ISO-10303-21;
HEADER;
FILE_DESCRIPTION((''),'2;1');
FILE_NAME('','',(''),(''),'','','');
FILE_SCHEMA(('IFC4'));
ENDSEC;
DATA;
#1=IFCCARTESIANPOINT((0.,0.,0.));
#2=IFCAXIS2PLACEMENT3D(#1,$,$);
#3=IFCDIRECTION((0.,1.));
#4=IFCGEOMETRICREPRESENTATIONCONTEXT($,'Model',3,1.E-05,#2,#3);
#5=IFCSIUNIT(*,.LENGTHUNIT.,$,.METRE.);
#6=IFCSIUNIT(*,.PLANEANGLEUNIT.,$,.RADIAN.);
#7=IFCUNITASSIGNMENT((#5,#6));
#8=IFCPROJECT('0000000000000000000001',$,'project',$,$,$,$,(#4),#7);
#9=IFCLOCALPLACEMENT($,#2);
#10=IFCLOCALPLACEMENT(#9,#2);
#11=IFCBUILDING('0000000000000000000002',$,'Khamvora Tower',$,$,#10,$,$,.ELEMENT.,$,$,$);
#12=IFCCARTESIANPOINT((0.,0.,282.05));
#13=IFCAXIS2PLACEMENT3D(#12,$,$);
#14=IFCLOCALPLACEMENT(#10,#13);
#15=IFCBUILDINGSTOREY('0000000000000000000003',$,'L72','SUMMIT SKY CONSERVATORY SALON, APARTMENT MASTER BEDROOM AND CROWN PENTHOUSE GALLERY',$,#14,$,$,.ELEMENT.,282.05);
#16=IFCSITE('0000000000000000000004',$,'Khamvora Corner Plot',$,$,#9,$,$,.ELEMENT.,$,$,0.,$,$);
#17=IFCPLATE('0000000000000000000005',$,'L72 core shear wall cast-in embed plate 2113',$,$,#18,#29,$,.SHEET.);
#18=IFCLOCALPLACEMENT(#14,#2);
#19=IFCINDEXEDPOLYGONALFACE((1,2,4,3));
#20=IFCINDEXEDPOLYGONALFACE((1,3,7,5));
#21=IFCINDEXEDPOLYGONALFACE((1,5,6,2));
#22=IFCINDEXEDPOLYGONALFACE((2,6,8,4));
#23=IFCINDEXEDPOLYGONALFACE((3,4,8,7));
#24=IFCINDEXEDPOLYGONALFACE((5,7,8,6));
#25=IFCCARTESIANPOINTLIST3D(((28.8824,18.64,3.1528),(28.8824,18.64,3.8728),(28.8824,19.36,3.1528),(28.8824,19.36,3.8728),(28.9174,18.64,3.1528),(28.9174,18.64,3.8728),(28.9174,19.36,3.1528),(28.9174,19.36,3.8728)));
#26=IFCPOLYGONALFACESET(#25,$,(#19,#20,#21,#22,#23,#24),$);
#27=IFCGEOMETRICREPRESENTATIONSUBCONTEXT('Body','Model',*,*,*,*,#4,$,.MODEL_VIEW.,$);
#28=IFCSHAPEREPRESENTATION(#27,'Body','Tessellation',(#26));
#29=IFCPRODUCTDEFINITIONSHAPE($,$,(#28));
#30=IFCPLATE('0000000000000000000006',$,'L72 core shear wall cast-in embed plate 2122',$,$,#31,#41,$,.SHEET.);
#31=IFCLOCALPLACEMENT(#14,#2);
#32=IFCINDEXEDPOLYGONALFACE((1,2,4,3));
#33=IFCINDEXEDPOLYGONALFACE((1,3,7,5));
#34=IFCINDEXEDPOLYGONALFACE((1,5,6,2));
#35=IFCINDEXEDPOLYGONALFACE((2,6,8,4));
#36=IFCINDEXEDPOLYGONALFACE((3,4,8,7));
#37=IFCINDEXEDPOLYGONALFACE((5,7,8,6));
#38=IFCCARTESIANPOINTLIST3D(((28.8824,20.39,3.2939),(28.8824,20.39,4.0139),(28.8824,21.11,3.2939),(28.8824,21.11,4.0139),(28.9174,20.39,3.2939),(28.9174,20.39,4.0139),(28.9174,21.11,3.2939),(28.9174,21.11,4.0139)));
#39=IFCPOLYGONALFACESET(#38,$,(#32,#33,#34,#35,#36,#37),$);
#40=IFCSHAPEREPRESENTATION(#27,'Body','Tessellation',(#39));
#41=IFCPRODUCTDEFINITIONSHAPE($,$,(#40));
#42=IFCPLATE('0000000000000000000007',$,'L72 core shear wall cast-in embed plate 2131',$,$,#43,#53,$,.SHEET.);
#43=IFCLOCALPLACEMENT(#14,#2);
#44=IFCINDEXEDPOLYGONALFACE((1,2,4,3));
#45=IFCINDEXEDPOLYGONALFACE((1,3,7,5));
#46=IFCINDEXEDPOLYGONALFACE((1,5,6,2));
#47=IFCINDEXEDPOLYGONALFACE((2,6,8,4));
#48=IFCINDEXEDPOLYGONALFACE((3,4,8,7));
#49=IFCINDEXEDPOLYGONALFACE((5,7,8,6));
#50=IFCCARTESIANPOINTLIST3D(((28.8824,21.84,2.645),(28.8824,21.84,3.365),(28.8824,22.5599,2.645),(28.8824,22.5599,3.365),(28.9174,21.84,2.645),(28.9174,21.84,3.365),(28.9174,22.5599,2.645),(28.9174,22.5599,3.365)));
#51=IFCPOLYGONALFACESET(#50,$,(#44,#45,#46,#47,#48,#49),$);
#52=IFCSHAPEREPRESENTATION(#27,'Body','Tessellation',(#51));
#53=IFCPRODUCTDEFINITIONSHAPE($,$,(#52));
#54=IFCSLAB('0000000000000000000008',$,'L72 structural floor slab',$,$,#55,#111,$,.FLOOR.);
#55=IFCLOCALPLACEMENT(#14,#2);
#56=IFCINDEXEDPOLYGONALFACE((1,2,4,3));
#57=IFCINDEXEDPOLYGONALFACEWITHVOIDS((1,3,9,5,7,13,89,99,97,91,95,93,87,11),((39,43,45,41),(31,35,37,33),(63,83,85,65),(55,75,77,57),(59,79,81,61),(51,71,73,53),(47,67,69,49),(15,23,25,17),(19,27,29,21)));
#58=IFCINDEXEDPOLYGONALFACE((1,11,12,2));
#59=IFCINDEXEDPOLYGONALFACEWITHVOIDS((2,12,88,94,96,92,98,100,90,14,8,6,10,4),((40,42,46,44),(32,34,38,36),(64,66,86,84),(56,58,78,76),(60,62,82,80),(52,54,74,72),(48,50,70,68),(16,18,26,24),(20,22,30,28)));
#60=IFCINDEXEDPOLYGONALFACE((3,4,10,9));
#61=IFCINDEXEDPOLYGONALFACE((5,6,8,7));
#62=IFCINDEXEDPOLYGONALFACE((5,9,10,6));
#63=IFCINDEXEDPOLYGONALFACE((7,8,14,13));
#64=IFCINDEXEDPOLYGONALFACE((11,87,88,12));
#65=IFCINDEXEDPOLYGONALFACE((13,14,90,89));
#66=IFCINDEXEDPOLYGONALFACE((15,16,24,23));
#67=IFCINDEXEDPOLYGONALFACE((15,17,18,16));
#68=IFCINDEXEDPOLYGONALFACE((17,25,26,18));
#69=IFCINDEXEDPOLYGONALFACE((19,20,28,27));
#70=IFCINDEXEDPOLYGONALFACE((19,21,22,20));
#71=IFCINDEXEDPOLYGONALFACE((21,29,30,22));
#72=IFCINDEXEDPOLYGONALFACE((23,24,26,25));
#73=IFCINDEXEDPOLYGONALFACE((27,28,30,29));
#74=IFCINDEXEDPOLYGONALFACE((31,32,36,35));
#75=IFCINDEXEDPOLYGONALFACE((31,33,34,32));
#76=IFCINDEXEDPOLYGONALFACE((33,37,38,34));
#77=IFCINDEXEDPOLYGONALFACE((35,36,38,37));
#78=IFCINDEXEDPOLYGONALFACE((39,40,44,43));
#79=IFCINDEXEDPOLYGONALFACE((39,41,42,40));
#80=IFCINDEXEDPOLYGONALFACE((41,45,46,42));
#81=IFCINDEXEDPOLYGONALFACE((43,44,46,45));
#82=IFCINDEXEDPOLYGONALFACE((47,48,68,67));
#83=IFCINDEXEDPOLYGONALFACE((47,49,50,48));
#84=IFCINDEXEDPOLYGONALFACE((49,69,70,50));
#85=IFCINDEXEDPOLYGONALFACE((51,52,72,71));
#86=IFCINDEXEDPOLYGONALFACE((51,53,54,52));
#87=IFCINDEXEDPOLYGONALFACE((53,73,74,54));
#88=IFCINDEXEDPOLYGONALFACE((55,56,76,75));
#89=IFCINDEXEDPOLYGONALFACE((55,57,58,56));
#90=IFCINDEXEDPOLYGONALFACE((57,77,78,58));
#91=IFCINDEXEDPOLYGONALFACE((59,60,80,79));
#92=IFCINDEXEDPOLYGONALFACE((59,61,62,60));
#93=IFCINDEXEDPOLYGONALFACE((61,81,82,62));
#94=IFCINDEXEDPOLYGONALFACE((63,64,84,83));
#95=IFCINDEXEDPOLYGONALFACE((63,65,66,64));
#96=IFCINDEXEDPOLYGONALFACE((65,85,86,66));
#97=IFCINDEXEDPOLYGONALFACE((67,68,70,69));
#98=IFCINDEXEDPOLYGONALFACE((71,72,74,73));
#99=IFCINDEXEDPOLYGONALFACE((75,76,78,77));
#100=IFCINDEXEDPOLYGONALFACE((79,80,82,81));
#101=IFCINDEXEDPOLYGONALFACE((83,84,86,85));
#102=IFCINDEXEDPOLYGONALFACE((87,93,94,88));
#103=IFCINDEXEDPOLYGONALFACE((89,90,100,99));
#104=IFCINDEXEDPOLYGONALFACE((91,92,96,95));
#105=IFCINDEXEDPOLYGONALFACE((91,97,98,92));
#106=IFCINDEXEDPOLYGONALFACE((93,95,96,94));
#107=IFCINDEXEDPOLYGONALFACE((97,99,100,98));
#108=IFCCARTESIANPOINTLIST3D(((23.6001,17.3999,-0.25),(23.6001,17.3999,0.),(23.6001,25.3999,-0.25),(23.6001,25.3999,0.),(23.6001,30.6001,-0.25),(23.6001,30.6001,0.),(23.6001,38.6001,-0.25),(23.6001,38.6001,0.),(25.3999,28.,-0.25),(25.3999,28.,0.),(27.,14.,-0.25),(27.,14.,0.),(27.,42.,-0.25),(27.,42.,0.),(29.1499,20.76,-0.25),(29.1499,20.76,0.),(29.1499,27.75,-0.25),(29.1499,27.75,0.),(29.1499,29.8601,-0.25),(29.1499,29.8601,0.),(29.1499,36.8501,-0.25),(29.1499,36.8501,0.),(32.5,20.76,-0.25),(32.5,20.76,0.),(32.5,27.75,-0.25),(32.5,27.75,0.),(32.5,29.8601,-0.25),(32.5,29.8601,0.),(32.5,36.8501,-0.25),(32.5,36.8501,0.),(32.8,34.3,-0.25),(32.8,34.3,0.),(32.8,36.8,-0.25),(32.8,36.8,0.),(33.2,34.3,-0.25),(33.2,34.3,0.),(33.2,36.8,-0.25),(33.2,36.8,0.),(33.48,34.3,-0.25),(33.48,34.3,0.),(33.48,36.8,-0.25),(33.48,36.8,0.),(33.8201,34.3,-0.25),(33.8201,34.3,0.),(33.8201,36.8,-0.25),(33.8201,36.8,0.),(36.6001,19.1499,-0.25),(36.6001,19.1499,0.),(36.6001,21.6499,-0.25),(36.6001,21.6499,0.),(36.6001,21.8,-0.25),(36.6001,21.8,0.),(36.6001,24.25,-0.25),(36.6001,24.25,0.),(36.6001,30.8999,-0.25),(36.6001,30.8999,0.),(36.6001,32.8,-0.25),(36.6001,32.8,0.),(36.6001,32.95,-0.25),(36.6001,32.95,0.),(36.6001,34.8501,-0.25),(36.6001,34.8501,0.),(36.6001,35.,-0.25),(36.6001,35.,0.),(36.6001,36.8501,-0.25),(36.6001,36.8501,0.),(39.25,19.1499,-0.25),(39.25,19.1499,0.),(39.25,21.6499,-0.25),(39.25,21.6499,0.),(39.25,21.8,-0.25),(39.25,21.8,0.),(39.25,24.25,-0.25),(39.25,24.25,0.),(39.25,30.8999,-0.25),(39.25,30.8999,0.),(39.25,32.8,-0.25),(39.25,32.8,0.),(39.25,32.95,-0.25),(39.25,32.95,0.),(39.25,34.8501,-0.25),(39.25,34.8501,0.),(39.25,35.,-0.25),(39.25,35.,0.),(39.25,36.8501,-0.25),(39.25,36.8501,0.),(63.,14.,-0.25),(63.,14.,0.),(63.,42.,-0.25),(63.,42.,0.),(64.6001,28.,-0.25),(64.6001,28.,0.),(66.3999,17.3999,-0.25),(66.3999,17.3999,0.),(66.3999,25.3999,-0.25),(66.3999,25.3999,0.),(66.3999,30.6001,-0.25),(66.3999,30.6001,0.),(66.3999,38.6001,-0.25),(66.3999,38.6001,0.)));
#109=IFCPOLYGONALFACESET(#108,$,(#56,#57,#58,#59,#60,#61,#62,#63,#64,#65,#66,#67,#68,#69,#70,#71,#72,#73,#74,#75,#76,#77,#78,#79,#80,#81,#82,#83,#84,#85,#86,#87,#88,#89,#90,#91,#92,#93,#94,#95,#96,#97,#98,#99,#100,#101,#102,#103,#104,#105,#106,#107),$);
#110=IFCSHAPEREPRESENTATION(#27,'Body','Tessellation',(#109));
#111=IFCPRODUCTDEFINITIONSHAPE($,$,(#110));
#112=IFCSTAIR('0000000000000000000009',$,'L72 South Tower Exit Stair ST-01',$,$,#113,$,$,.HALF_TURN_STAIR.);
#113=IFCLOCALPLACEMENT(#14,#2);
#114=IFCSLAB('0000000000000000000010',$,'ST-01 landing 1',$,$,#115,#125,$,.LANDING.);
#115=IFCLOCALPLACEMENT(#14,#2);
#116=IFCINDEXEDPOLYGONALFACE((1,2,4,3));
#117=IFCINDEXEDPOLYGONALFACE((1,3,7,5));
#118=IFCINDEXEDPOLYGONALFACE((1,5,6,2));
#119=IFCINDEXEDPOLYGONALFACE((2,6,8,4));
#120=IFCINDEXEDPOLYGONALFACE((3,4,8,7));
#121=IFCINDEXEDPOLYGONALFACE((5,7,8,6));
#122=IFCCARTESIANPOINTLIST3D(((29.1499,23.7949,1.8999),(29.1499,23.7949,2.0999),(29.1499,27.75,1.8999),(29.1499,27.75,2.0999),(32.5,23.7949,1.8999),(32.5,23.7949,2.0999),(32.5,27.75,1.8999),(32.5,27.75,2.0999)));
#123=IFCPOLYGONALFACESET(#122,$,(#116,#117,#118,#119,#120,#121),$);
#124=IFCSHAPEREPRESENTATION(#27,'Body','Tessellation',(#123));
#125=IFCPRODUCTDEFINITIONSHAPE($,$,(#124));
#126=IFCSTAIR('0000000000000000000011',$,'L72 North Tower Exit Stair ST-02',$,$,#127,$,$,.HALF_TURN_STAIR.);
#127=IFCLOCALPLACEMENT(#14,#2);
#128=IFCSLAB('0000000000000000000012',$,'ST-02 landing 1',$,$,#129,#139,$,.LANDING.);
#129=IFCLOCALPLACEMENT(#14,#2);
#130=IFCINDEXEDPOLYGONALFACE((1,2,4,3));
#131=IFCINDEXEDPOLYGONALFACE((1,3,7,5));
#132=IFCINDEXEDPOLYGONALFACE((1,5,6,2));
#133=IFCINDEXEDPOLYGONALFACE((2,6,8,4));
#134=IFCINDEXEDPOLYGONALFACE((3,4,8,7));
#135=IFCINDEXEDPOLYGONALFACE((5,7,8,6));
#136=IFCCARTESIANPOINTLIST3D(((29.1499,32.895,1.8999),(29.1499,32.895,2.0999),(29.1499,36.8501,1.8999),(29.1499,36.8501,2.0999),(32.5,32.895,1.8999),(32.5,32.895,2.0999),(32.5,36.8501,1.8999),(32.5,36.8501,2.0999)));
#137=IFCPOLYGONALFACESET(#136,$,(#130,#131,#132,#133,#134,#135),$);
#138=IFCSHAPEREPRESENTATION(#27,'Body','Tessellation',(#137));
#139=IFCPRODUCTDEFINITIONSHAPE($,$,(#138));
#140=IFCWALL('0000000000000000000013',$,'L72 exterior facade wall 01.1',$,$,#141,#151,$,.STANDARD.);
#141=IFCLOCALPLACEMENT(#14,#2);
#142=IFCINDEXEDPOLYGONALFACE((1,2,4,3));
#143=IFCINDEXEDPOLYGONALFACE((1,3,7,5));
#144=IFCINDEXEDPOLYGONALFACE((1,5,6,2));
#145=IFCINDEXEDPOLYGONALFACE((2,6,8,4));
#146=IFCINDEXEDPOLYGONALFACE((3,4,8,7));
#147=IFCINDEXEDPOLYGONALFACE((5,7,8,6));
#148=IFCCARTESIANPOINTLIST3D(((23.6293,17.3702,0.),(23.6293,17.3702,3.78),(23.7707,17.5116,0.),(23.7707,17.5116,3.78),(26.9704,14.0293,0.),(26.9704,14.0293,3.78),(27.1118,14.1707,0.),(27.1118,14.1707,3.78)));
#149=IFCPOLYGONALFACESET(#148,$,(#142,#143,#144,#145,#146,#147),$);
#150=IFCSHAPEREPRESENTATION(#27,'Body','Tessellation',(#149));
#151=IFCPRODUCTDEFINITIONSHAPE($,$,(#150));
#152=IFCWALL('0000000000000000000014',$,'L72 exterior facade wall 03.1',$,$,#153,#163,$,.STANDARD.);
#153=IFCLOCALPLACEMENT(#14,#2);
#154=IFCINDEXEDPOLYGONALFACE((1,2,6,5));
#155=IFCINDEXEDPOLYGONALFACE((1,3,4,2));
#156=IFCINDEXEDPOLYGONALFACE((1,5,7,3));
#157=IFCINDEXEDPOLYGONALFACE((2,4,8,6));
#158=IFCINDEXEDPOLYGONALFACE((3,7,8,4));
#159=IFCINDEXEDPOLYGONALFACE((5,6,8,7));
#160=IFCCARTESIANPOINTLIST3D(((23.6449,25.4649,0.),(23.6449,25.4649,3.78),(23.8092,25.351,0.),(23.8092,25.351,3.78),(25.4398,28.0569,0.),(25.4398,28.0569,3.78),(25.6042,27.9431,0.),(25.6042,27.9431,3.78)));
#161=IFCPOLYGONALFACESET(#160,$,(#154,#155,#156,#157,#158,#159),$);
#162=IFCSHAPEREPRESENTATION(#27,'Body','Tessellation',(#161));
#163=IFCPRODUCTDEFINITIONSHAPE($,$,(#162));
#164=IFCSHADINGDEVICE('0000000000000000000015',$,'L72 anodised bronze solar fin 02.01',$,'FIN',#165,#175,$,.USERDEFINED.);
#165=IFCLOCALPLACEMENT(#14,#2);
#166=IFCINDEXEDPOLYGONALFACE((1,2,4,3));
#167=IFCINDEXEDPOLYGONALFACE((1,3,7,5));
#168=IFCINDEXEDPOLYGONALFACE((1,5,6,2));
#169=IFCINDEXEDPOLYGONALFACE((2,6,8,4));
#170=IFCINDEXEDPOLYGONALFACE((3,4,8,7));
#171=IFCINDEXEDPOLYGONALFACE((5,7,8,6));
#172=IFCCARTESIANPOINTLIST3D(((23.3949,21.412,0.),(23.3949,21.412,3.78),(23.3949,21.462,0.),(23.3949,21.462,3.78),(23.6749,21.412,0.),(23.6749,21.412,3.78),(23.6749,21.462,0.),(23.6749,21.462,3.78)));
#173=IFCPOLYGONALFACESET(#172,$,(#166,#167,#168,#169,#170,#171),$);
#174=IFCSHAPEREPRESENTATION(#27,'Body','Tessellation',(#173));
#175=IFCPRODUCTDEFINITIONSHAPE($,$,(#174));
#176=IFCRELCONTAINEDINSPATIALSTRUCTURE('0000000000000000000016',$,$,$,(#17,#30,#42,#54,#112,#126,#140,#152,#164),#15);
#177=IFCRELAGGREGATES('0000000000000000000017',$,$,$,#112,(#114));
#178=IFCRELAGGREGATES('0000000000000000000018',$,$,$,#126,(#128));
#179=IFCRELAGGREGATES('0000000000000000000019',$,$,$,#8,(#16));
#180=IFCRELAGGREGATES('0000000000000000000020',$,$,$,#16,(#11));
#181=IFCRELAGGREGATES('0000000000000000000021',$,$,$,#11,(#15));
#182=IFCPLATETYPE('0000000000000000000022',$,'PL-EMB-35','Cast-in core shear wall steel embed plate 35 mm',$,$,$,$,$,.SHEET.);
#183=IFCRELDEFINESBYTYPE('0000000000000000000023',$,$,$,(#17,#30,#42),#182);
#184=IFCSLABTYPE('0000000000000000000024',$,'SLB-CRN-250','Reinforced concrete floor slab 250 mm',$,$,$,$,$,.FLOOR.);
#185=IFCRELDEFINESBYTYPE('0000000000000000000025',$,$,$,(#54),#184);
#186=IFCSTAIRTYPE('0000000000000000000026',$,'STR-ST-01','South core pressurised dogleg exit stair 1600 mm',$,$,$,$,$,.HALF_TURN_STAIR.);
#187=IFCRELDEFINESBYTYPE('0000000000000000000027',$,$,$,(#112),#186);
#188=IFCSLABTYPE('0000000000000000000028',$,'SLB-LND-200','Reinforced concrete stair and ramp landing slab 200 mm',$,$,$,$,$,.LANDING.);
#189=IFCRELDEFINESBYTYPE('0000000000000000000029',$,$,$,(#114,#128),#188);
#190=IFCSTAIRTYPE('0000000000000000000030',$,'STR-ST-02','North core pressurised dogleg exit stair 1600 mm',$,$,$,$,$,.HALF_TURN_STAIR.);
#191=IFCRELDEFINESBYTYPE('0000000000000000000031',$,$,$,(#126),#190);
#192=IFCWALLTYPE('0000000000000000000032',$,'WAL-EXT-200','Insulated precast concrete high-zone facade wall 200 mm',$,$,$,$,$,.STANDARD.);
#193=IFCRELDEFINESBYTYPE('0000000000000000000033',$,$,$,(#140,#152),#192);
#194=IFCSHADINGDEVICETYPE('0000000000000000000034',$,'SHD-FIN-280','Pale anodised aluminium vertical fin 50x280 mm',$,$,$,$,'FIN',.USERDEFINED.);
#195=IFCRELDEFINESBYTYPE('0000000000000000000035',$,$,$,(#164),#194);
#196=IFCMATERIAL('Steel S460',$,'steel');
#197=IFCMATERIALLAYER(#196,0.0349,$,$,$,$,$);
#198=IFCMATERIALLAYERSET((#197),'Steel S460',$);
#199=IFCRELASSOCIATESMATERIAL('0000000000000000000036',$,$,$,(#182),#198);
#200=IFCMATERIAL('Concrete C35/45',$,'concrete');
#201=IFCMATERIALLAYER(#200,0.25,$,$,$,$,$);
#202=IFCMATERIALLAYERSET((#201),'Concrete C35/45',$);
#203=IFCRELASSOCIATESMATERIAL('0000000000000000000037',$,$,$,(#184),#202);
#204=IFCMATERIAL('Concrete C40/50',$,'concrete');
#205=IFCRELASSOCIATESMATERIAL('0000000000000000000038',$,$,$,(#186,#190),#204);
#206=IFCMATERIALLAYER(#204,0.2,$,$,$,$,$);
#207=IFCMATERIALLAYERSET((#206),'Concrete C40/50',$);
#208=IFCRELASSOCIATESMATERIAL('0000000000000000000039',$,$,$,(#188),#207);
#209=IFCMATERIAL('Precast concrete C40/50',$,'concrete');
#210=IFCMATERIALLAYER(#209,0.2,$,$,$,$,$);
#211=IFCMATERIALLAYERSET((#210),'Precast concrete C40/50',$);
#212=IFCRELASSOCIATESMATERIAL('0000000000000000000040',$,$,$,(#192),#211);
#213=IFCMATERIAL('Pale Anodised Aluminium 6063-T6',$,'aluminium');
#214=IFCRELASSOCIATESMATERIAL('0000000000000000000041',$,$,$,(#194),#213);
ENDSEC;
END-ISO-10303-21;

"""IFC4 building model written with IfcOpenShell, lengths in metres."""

from ifc_helpers import new_model, si_unit, direction, frame, frame_2d, origin, origin_2d, place, context, subcontext, project, spatial, polyline, rectangle, outline, extrude, material, layer, layer_set, type_object, element, aggregate, save


model = new_model("IFC4")

# Units and contexts
model_context = context("Model", 3, precision=1e-05, world=origin(), true_north=direction((0.0, 1.0)))
body_context = subcontext(model_context, "Body", "Model", "MODEL_VIEW")
ifc_project = project(units=[si_unit("LENGTHUNIT", "METRE"), si_unit("PLANEANGLEUNIT", "RADIAN")], contexts=[model_context])

# Site, building, storey
site_placement = place(None, origin())
site = spatial("IfcSite", under=ifc_project, at=site_placement, Name="Khamvora Corner Plot", CompositionType="ELEMENT", RefElevation=0.0)
building_placement = place(site_placement, origin())
building = spatial("IfcBuilding", under=site, at=building_placement, Name="Khamvora Tower", CompositionType="ELEMENT")
storey_placement = place(building_placement, frame((0.0, 0.0, 282.05)))
storey = spatial("IfcBuildingStorey", under=building, at=storey_placement, Name="L72", Description="SUMMIT SKY CONSERVATORY SALON, APARTMENT MASTER BEDROOM AND CROWN PENTHOUSE GALLERY", CompositionType="ELEMENT", Elevation=282.05)

# Shared definitions
ifc_material_1 = material(Name="Steel S460", Category="steel")

# Plates
ifc_layer_1 = layer(ifc_material_1, 0.0349)
ifc_layer_set_1 = layer_set([ifc_layer_1], Name="Steel S460")
plate_type_1 = type_object("IfcPlateType", Name="PL-EMB-35", Description="Cast-in core shear wall steel embed plate 35 mm", PredefinedType="SHEET", material=ifc_layer_set_1)
for number, where, z_axis, x_axis, name in (
    (1, (28.8999, 19.0, 3.1528), (0.0, 0.0, 1.0), (1.0, 0.0, 0.0), "L72 core shear wall cast-in embed plate 2113"),
    (2, (28.8999, 20.75, 3.2939), (0.0, 0.0, 1.0), (1.0, 0.0, 0.0), "L72 core shear wall cast-in embed plate 2122"),
    (3, (28.8999, 22.2, 2.645), (0.0, 0.0, 1.0), (1.0, 0.0, 0.0), "L72 core shear wall cast-in embed plate 2131"),
):
    element("IfcPlate", number, at=place(storey_placement, frame(where, z_axis=z_axis, x_axis=x_axis)), inside=storey, type_object=plate_type_1, Name=name, PredefinedType="SHEET", context=body_context, shape_type="SweptSolid", body=[
        extrude(rectangle(XDim=0.0349, YDim=0.72, at=origin_2d()), origin(), (0.0, 0.0, 1.0), 0.72),
    ])

# Slab
ifc_material_2 = material(Name="Concrete C35/45", Category="concrete")
ifc_layer_2 = layer(ifc_material_2, 0.25)
ifc_layer_set_2 = layer_set([ifc_layer_2], Name="Concrete C35/45")
slab_type_1 = type_object("IfcSlabType", Name="SLB-CRN-250", Description="Reinforced concrete floor slab 250 mm", PredefinedType="FLOOR", material=ifc_layer_set_2)
slab_1_placement = place(storey_placement, frame((0.0, 0.0, -0.25)))
element("IfcSlab", 4, at=slab_1_placement, inside=storey, type_object=slab_type_1, Name="L72 structural floor slab", PredefinedType="FLOOR", context=body_context, shape_type="SweptSolid", body=[
    extrude(outline(polyline([(27.0, 14.0), (63.0, 14.0), (66.3999, 17.3999), (66.3999, 25.3999), (64.6001, 28.0), (66.3999, 30.6001), (66.3999, 38.6001), (63.0, 42.0), (27.0, 42.0), (23.6001, 38.6001), (23.6001, 30.6001), (25.3999, 28.0), (23.6001, 25.3999), (23.6001, 17.3999), (27.0, 14.0)]), holes=[polyline([(32.5, 20.76), (32.5, 27.75), (29.1499, 27.75), (29.1499, 20.76), (32.5, 20.76)]), polyline([(32.5, 29.8601), (32.5, 36.8501), (29.1499, 36.8501), (29.1499, 29.8601), (32.5, 29.8601)]), polyline([(36.6001, 19.1499), (39.25, 19.1499), (39.25, 21.6499), (36.6001, 21.6499), (36.6001, 19.1499)]), polyline([(36.6001, 21.8), (39.25, 21.8), (39.25, 24.25), (36.6001, 24.25), (36.6001, 21.8)]), polyline([(36.6001, 30.8999), (39.25, 30.8999), (39.25, 32.8), (36.6001, 32.8), (36.6001, 30.8999)]), polyline([(36.6001, 32.95), (39.25, 32.95), (39.25, 34.8501), (36.6001, 34.8501), (36.6001, 32.95)]), polyline([(36.6001, 35.0), (39.25, 35.0), (39.25, 36.8501), (36.6001, 36.8501), (36.6001, 35.0)]), polyline([(32.8, 34.3), (33.2, 34.3), (33.2, 36.8), (32.8, 36.8), (32.8, 34.3)]), polyline([(33.48, 34.3), (33.8201, 34.3), (33.8201, 36.8), (33.48, 36.8), (33.48, 34.3)])]), origin(), (0.0, 0.0, 1.0), 0.25),
])

# Stairs, slabs
ifc_material_3 = material(Name="Concrete C40/50", Category="concrete")
stair_type_1 = type_object("IfcStairType", Name="STR-ST-01", Description="South core pressurised dogleg exit stair 1600 mm", PredefinedType="HALF_TURN_STAIR", material=ifc_material_3)
stair_1_placement = place(storey_placement, origin())
stair_1 = element("IfcStair", 5, at=stair_1_placement, inside=storey, type_object=stair_type_1, Name="L72 South Tower Exit Stair ST-01", PredefinedType="HALF_TURN_STAIR")
ifc_layer_3 = layer(ifc_material_3, 0.2)
ifc_layer_set_3 = layer_set([ifc_layer_3], Name="Concrete C40/50")
slab_type_2 = type_object("IfcSlabType", Name="SLB-LND-200", Description="Reinforced concrete stair and ramp landing slab 200 mm", PredefinedType="LANDING", material=ifc_layer_set_3)
slab_2_placement = place(storey_placement, frame((0.0, 0.0, 1.8999)))
slab_2 = element("IfcSlab", 6, at=slab_2_placement, type_object=slab_type_2, Name="ST-01 landing 1", PredefinedType="LANDING", context=body_context, shape_type="SweptSolid", body=[
    extrude(outline(polyline([(32.5, 23.7949), (32.5, 27.75), (29.1499, 27.75), (29.1499, 23.7949), (32.5, 23.7949)])), origin(), (0.0, 0.0, 1.0), 0.2),
])
aggregate(stair_1, [slab_2])
stair_type_2 = type_object("IfcStairType", Name="STR-ST-02", Description="North core pressurised dogleg exit stair 1600 mm", PredefinedType="HALF_TURN_STAIR", material=ifc_material_3)
stair_2_placement = place(storey_placement, origin())
stair_2 = element("IfcStair", 7, at=stair_2_placement, inside=storey, type_object=stair_type_2, Name="L72 North Tower Exit Stair ST-02", PredefinedType="HALF_TURN_STAIR")
slab_3_placement = place(storey_placement, frame((0.0, 0.0, 1.8999)))
slab_3 = element("IfcSlab", 8, at=slab_3_placement, type_object=slab_type_2, Name="ST-02 landing 1", PredefinedType="LANDING", context=body_context, shape_type="SweptSolid", body=[
    extrude(outline(polyline([(32.5, 32.895), (32.5, 36.8501), (29.1499, 36.8501), (29.1499, 32.895), (32.5, 32.895)])), origin(), (0.0, 0.0, 1.0), 0.2),
])
aggregate(stair_2, [slab_3])

# Walls
ifc_material_4 = material(Name="Precast concrete C40/50", Category="concrete")
ifc_layer_4 = layer(ifc_material_4, 0.2)
ifc_layer_set_4 = layer_set([ifc_layer_4], Name="Precast concrete C40/50")
wall_type = type_object("IfcWallType", Name="WAL-EXT-200", Description="Insulated precast concrete high-zone facade wall 200 mm", PredefinedType="STANDARD", material=ifc_layer_set_4)
wall_1_placement = place(storey_placement, frame((27.041, 14.1001, 0.0), z_axis=(0.0, 0.0, 1.0), x_axis=(-0.707133, 0.707081, 0.0)))
element("IfcWall", 9, at=wall_1_placement, inside=storey, type_object=wall_type, Name="L72 exterior facade wall 01.1", PredefinedType="STANDARD", context=body_context, shape_type="SweptSolid", body=[
    extrude(rectangle(XDim=4.7249, YDim=0.2, at=frame_2d((2.3623, 0.0))), origin(), (0.0, 0.0, 1.0), 3.78),
])
wall_2_placement = place(storey_placement, frame((23.7271, 25.408, 0.0), z_axis=(0.0, 0.0, 1.0), x_axis=(0.569303, 0.822128, 0.0)))
element("IfcWall", 10, at=wall_2_placement, inside=storey, type_object=wall_type, Name="L72 exterior facade wall 03.1", PredefinedType="STANDARD", context=body_context, shape_type="SweptSolid", body=[
    extrude(rectangle(XDim=3.1528, YDim=0.2, at=frame_2d((1.5764, 0.0))), origin(), (0.0, 0.0, 1.0), 3.78),
])

# Shading device
ifc_material_5 = material(Name="Pale Anodised Aluminium 6063-T6", Category="aluminium")
shading_device_type = type_object("IfcShadingDeviceType", Name="SHD-FIN-280", Description="Pale anodised aluminium vertical fin 50x280 mm", ElementType="FIN", PredefinedType="USERDEFINED", material=ifc_material_5)
shading_device_placement = place(storey_placement, frame((23.5349, 21.437, 0.0), z_axis=(0.0, 0.0, 1.0), x_axis=(0.0, 1.0, 0.0)))
element("IfcShadingDevice", 11, at=shading_device_placement, inside=storey, type_object=shading_device_type, Name="L72 anodised bronze solar fin 02.01", ObjectType="FIN", PredefinedType="USERDEFINED", context=body_context, shape_type="SweptSolid", body=[
    extrude(rectangle(XDim=0.05, YDim=0.28, at=origin_2d()), origin(), (0.0, 0.0, 1.0), 3.78),
])

save(model, "model.ifc")
